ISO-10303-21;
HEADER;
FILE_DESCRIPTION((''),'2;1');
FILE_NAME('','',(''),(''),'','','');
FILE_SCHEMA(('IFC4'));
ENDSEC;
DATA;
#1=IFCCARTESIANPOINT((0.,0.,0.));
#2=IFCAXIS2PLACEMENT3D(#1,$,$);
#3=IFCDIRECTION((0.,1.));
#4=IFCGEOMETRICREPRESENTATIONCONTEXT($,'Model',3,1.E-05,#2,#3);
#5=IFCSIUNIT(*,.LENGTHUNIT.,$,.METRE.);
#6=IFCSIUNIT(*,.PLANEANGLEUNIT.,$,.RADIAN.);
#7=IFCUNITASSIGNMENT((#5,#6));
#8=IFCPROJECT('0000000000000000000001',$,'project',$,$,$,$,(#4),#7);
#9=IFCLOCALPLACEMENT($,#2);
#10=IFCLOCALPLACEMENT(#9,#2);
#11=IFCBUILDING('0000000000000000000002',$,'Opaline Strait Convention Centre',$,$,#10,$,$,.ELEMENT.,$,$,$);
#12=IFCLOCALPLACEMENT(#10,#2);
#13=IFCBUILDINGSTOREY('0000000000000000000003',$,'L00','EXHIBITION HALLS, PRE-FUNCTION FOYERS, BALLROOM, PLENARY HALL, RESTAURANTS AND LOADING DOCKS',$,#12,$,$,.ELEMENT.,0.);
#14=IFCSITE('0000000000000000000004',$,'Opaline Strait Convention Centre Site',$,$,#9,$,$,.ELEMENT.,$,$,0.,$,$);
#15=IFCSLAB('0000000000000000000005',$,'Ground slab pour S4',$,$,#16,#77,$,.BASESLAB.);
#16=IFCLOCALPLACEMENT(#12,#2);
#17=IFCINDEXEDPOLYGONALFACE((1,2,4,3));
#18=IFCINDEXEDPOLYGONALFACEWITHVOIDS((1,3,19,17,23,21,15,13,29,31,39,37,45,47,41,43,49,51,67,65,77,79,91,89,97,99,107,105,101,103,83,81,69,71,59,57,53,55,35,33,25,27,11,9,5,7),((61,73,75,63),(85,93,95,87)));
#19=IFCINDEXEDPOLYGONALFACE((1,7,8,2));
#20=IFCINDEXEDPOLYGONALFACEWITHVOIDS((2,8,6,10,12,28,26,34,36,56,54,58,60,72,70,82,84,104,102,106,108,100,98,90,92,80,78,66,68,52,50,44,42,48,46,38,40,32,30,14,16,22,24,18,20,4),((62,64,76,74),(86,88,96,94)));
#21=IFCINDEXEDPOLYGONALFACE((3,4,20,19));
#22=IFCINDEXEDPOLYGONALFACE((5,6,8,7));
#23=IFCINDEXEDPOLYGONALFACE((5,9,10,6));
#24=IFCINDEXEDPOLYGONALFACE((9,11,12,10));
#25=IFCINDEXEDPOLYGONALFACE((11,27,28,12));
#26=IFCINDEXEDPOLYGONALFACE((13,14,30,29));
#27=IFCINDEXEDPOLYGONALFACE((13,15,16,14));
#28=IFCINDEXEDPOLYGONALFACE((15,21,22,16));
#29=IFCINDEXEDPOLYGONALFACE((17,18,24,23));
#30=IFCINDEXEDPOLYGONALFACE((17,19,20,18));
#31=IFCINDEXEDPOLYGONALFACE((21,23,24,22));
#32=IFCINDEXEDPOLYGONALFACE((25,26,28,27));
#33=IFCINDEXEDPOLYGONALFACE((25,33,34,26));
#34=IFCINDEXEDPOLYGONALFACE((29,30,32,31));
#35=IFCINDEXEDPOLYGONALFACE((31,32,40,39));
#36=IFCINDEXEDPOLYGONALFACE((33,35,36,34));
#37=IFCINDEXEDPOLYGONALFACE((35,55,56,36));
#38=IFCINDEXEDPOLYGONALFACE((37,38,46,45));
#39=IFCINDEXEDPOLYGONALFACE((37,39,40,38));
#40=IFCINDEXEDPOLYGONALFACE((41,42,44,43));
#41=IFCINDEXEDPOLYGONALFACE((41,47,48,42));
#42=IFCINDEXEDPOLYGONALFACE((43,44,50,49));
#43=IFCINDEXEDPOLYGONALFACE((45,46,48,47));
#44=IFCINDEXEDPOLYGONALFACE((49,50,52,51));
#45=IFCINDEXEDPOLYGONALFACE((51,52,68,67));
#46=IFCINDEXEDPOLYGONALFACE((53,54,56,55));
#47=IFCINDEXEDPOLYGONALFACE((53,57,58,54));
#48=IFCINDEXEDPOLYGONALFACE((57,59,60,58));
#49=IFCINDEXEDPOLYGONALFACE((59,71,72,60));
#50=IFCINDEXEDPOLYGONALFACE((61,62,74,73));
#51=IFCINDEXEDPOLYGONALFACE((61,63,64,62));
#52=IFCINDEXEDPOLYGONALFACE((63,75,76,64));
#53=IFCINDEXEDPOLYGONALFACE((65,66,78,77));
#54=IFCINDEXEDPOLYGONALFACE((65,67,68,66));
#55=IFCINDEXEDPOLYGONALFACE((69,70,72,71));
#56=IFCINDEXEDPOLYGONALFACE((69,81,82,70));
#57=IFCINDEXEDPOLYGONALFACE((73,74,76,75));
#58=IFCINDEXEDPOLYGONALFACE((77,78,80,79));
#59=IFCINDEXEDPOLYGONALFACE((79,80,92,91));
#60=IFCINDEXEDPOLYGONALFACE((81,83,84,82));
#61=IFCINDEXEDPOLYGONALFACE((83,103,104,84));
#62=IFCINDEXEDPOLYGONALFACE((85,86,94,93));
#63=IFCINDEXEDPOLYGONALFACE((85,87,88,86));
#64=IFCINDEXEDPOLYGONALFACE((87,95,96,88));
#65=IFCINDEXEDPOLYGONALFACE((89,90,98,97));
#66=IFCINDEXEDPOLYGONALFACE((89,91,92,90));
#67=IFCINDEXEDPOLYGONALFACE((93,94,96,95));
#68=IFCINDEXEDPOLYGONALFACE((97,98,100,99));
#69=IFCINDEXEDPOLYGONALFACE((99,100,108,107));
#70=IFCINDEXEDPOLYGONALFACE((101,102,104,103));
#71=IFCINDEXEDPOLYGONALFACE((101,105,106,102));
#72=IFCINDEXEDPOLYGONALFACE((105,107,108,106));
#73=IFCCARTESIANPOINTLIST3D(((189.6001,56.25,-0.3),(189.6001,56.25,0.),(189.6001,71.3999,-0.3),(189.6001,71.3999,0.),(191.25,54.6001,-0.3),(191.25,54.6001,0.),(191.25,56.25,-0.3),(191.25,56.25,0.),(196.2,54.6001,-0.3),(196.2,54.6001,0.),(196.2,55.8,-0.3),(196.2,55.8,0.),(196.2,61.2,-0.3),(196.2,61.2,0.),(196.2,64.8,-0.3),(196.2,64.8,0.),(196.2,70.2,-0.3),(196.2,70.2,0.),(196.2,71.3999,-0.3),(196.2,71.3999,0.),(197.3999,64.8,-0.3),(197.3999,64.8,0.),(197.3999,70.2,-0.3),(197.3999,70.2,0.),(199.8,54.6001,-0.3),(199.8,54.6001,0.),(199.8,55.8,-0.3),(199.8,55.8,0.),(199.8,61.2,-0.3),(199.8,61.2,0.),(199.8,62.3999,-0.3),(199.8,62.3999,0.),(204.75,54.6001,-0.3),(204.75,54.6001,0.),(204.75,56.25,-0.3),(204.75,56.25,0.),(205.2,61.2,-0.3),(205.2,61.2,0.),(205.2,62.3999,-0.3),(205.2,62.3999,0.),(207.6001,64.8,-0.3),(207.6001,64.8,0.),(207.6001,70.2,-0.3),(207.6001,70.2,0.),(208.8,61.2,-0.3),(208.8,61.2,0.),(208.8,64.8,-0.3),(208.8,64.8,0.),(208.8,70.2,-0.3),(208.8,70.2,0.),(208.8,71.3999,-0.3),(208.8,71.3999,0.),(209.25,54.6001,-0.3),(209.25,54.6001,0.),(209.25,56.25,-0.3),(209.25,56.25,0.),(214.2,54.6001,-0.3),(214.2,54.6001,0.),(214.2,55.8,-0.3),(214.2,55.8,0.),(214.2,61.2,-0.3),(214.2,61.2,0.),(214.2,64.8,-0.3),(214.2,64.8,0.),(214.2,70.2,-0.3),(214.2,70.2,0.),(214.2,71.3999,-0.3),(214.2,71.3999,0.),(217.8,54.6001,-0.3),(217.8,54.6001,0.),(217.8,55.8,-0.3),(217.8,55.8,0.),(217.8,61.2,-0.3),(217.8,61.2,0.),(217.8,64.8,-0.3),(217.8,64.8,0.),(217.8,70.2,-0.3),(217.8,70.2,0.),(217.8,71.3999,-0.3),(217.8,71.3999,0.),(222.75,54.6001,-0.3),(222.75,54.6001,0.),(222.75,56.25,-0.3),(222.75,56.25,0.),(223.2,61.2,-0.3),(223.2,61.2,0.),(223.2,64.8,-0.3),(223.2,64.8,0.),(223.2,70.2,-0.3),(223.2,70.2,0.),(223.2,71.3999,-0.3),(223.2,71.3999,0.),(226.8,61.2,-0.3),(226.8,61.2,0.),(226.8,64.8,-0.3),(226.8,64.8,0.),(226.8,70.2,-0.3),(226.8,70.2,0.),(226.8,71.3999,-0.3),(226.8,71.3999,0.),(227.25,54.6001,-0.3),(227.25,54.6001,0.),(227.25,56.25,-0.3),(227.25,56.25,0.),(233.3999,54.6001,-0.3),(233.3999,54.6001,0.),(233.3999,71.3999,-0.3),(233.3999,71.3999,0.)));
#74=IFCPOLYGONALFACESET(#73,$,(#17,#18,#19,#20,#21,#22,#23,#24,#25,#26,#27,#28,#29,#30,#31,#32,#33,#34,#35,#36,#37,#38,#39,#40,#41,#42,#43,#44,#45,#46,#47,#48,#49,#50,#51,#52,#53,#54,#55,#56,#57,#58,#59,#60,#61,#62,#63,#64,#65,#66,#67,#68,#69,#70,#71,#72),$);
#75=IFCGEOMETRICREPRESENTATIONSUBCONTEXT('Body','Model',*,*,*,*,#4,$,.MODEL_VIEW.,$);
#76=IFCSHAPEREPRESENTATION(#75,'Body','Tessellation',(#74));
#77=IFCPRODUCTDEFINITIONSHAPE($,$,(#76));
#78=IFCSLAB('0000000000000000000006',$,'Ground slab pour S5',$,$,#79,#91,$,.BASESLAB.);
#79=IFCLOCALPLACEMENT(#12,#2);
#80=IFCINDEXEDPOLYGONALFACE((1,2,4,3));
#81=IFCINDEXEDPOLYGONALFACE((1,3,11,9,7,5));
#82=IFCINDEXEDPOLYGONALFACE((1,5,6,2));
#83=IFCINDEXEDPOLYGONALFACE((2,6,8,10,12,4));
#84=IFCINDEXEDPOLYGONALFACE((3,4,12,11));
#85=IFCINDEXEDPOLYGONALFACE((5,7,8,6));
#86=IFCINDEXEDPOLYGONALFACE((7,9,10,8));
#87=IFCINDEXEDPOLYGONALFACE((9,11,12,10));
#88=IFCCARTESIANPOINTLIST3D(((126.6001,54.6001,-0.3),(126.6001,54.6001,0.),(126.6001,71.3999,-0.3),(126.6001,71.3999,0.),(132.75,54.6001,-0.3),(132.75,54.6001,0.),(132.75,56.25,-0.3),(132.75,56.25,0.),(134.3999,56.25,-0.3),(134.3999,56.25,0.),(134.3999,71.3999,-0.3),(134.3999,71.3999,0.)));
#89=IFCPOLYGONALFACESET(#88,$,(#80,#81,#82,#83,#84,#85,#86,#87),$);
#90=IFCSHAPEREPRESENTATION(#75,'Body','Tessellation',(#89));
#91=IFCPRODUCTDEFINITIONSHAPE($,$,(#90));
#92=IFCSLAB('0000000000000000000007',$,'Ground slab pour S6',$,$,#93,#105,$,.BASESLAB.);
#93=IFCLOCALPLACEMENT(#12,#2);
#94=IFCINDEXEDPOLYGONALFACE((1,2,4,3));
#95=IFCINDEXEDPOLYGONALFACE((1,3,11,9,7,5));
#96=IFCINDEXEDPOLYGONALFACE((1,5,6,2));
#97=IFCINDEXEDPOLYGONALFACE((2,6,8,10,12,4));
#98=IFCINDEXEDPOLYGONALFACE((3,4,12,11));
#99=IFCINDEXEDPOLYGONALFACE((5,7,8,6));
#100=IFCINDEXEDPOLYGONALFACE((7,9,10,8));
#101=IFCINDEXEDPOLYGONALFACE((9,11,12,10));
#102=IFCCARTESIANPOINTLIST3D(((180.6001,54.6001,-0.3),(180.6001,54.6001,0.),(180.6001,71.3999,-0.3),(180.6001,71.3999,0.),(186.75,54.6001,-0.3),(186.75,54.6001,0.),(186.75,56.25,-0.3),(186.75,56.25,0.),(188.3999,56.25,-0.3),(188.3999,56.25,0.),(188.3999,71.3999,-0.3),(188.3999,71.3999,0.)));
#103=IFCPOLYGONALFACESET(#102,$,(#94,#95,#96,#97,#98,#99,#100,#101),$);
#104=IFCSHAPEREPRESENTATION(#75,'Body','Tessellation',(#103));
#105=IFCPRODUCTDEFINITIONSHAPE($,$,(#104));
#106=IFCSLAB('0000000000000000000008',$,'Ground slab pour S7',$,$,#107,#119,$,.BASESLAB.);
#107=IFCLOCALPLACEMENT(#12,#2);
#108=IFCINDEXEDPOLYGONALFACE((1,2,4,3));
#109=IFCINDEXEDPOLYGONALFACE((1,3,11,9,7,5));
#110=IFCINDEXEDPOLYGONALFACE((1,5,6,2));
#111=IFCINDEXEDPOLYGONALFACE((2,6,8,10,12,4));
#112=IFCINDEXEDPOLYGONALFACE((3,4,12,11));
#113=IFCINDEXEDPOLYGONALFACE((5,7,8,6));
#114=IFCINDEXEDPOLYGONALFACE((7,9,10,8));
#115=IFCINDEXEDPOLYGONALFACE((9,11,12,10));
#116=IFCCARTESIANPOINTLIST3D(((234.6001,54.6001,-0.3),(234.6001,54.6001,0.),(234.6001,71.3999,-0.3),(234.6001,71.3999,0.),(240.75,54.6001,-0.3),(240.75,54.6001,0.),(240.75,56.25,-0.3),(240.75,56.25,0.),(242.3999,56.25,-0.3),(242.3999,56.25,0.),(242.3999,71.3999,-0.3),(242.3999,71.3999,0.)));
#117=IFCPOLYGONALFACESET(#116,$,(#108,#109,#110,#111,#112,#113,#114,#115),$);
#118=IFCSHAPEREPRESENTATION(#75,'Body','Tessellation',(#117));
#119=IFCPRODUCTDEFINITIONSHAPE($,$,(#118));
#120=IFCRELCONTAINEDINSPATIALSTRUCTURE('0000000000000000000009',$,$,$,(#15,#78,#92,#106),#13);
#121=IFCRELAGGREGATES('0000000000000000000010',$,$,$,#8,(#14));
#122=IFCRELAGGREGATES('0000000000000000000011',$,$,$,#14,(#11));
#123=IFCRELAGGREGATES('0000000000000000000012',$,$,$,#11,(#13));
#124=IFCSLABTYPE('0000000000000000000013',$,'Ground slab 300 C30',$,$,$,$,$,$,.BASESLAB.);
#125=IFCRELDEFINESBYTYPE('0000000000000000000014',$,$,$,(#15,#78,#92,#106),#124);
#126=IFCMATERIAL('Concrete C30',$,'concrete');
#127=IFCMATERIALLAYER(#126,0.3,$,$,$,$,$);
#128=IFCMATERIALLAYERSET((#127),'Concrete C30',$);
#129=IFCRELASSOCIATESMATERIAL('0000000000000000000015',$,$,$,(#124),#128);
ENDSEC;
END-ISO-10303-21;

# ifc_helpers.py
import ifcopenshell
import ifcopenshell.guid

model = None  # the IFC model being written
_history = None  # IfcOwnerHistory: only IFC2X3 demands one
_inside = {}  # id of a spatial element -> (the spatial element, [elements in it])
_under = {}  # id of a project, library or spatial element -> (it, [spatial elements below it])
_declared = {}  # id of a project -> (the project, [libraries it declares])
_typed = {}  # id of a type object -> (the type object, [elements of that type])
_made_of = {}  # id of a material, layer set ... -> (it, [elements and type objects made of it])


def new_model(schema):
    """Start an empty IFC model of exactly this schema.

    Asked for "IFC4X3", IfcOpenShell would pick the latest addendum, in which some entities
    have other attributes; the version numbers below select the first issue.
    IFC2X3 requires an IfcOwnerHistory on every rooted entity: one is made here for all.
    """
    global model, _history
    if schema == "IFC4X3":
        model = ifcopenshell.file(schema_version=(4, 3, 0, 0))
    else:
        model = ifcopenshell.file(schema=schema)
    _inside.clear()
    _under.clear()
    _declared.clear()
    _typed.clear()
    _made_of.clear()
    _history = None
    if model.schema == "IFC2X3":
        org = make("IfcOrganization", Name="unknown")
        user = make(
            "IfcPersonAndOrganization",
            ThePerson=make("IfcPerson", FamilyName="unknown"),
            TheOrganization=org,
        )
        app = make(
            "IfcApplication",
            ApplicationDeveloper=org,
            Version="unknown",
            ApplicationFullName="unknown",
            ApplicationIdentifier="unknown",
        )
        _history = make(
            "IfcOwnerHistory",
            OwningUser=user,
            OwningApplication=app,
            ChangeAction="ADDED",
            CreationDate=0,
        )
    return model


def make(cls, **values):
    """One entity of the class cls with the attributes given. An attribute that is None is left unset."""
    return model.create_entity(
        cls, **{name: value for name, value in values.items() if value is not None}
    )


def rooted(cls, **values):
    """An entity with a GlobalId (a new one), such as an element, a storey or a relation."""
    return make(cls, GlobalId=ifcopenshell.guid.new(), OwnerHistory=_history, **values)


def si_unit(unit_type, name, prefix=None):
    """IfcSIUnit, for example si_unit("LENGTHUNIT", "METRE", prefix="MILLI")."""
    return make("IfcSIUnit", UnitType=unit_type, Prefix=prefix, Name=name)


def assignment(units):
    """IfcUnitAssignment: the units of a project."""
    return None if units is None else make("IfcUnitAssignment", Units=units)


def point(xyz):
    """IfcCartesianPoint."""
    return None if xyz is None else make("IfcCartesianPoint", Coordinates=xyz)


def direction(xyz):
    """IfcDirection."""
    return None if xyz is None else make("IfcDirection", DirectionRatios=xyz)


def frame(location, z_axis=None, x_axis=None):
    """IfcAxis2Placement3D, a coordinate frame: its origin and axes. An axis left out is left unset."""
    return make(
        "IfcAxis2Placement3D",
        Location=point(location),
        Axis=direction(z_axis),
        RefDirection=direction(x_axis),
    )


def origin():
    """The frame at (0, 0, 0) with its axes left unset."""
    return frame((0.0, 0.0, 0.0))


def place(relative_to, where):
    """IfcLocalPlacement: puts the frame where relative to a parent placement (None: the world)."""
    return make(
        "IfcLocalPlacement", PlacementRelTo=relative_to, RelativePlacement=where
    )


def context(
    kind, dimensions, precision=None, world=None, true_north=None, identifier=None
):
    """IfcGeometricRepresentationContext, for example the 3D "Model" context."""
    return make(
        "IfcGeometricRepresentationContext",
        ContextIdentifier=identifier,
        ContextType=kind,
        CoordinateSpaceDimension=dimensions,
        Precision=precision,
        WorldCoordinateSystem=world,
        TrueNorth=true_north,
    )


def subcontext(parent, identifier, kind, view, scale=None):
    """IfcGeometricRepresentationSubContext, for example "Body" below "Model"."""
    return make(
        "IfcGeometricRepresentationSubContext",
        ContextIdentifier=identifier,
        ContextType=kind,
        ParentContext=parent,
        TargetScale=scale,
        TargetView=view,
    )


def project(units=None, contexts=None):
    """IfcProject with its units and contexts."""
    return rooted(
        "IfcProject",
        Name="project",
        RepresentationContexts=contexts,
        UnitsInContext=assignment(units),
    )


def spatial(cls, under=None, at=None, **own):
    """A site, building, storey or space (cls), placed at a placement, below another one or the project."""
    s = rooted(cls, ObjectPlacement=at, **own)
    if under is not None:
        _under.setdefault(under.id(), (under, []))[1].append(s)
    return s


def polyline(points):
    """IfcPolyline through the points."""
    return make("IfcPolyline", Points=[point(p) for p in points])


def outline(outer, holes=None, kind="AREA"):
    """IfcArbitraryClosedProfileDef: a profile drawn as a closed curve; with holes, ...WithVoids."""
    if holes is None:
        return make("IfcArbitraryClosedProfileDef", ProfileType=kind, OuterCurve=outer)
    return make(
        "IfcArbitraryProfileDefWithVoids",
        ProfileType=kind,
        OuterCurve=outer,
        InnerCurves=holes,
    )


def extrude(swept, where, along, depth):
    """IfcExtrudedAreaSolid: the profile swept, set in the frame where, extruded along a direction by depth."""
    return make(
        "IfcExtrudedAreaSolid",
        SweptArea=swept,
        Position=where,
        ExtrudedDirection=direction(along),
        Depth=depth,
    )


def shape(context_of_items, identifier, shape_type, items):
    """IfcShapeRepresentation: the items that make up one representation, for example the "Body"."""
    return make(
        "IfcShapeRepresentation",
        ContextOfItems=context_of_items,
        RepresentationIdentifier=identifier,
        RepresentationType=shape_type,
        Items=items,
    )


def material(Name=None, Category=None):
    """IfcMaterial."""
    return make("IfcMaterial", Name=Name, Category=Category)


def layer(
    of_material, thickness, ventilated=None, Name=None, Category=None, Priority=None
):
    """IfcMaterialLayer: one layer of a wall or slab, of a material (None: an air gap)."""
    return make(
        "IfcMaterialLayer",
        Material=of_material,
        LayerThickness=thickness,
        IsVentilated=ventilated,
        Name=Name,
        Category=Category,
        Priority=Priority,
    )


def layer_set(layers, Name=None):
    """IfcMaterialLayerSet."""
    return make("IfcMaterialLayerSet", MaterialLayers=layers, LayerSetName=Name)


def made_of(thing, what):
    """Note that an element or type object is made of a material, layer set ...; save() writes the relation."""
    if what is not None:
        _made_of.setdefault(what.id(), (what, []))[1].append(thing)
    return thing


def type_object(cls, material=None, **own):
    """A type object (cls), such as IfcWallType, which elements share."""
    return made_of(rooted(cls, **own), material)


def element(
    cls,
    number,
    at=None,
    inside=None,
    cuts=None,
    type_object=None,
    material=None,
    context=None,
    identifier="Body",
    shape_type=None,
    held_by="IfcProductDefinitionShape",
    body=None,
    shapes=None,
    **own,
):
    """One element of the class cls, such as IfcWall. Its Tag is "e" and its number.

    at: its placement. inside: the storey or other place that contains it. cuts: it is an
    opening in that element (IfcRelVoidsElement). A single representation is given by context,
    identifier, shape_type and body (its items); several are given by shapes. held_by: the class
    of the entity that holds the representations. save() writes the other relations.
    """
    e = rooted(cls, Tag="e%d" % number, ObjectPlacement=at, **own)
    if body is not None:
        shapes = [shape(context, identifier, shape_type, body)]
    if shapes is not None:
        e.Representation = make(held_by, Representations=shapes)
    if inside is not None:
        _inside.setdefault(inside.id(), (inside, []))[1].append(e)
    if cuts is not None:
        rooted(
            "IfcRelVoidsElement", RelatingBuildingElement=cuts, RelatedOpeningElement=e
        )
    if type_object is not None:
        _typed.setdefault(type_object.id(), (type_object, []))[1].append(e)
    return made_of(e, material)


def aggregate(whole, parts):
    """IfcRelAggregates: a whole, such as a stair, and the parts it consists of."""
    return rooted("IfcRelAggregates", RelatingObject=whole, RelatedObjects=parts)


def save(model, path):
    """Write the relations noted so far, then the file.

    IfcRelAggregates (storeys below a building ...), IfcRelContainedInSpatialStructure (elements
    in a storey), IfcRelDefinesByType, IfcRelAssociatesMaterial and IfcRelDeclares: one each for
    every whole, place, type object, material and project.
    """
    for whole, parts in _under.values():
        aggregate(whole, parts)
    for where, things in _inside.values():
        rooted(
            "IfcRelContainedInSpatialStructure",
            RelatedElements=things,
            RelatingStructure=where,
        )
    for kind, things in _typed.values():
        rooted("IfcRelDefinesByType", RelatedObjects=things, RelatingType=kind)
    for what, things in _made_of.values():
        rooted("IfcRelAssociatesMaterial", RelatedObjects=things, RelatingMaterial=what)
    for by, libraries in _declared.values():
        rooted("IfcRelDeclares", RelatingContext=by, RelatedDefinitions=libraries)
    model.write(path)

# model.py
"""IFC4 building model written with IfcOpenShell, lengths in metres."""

from ifc_helpers import new_model, si_unit, direction, frame, origin, place, context, subcontext, project, spatial, polyline, outline, extrude, material, layer, layer_set, type_object, element, save


model = new_model("IFC4")

# Units and contexts
model_context = context("Model", 3, precision=1e-05, world=origin(), true_north=direction((0.0, 1.0)))
body_context = subcontext(model_context, "Body", "Model", "MODEL_VIEW")
ifc_project = project(units=[si_unit("LENGTHUNIT", "METRE"), si_unit("PLANEANGLEUNIT", "RADIAN")], contexts=[model_context])

# Site, building, storey
site_placement = place(None, origin())
site = spatial("IfcSite", under=ifc_project, at=site_placement, Name="Opaline Strait Convention Centre Site", CompositionType="ELEMENT", RefElevation=0.0)
building_placement = place(site_placement, origin())
building = spatial("IfcBuilding", under=site, at=building_placement, Name="Opaline Strait Convention Centre", CompositionType="ELEMENT")
storey_placement = place(building_placement, origin())
storey = spatial("IfcBuildingStorey", under=building, at=storey_placement, Name="L00", Description="EXHIBITION HALLS, PRE-FUNCTION FOYERS, BALLROOM, PLENARY HALL, RESTAURANTS AND LOADING DOCKS", CompositionType="ELEMENT", Elevation=0.0)

# Slabs
ifc_material_1 = material(Name="Concrete C30", Category="concrete")
ifc_layer_1 = layer(ifc_material_1, 0.3)
ifc_layer_set_1 = layer_set([ifc_layer_1], Name="Concrete C30")
slab_type = type_object("IfcSlabType", Name="Ground slab 300 C30", PredefinedType="BASESLAB", material=ifc_layer_set_1)
slab_1_placement = place(storey_placement, frame((0.0, 0.0, -0.3)))
element("IfcSlab", 1, at=slab_1_placement, inside=storey, type_object=slab_type, Name="Ground slab pour S4", PredefinedType="BASESLAB", context=body_context, shape_type="SweptSolid", body=[
    extrude(outline(polyline([(189.6001, 56.25), (189.6001, 71.3999), (196.2, 71.3999), (196.2, 70.2), (197.3999, 70.2), (197.3999, 64.8), (196.2, 64.8), (196.2, 61.2), (199.8, 61.2), (199.8, 62.3999), (205.2, 62.3999), (205.2, 61.2), (208.8, 61.2), (208.8, 64.8), (207.6001, 64.8), (207.6001, 70.2), (208.8, 70.2), (208.8, 71.3999), (214.2, 71.3999), (214.2, 70.2), (217.8, 70.2), (217.8, 71.3999), (223.2, 71.3999), (223.2, 70.2), (226.8, 70.2), (226.8, 71.3999), (233.3999, 71.3999), (233.3999, 54.6001), (227.25, 54.6001), (227.25, 56.25), (222.75, 56.25), (222.75, 54.6001), (217.8, 54.6001), (217.8, 55.8), (214.2, 55.8), (214.2, 54.6001), (209.25, 54.6001), (209.25, 56.25), (204.75, 56.25), (204.75, 54.6001), (199.8, 54.6001), (199.8, 55.8), (196.2, 55.8), (196.2, 54.6001), (191.25, 54.6001), (191.25, 56.25), (189.6001, 56.25)]), holes=[polyline([(223.2, 61.2), (226.8, 61.2), (226.8, 64.8), (223.2, 64.8), (223.2, 61.2)]), polyline([(214.2, 61.2), (217.8, 61.2), (217.8, 64.8), (214.2, 64.8), (214.2, 61.2)])]), origin(), (0.0, 0.0, 1.0), 0.3),
])
slab_2_placement = place(storey_placement, frame((0.0, 0.0, -0.3)))
element("IfcSlab", 2, at=slab_2_placement, inside=storey, type_object=slab_type, Name="Ground slab pour S5", PredefinedType="BASESLAB", context=body_context, shape_type="SweptSolid", body=[
    extrude(outline(polyline([(126.6001, 54.6001), (126.6001, 71.3999), (134.3999, 71.3999), (134.3999, 56.25), (132.75, 56.25), (132.75, 54.6001), (126.6001, 54.6001)])), origin(), (0.0, 0.0, 1.0), 0.3),
])
slab_3_placement = place(storey_placement, frame((0.0, 0.0, -0.3)))
element("IfcSlab", 3, at=slab_3_placement, inside=storey, type_object=slab_type, Name="Ground slab pour S6", PredefinedType="BASESLAB", context=body_context, shape_type="SweptSolid", body=[
    extrude(outline(polyline([(180.6001, 54.6001), (180.6001, 71.3999), (188.3999, 71.3999), (188.3999, 56.25), (186.75, 56.25), (186.75, 54.6001), (180.6001, 54.6001)])), origin(), (0.0, 0.0, 1.0), 0.3),
])
slab_4_placement = place(storey_placement, frame((0.0, 0.0, -0.3)))
element("IfcSlab", 4, at=slab_4_placement, inside=storey, type_object=slab_type, Name="Ground slab pour S7", PredefinedType="BASESLAB", context=body_context, shape_type="SweptSolid", body=[
    extrude(outline(polyline([(234.6001, 54.6001), (234.6001, 71.3999), (242.3999, 71.3999), (242.3999, 56.25), (240.75, 56.25), (240.75, 54.6001), (234.6001, 54.6001)])), origin(), (0.0, 0.0, 1.0), 0.3),
])

save(model, "model.ifc")
